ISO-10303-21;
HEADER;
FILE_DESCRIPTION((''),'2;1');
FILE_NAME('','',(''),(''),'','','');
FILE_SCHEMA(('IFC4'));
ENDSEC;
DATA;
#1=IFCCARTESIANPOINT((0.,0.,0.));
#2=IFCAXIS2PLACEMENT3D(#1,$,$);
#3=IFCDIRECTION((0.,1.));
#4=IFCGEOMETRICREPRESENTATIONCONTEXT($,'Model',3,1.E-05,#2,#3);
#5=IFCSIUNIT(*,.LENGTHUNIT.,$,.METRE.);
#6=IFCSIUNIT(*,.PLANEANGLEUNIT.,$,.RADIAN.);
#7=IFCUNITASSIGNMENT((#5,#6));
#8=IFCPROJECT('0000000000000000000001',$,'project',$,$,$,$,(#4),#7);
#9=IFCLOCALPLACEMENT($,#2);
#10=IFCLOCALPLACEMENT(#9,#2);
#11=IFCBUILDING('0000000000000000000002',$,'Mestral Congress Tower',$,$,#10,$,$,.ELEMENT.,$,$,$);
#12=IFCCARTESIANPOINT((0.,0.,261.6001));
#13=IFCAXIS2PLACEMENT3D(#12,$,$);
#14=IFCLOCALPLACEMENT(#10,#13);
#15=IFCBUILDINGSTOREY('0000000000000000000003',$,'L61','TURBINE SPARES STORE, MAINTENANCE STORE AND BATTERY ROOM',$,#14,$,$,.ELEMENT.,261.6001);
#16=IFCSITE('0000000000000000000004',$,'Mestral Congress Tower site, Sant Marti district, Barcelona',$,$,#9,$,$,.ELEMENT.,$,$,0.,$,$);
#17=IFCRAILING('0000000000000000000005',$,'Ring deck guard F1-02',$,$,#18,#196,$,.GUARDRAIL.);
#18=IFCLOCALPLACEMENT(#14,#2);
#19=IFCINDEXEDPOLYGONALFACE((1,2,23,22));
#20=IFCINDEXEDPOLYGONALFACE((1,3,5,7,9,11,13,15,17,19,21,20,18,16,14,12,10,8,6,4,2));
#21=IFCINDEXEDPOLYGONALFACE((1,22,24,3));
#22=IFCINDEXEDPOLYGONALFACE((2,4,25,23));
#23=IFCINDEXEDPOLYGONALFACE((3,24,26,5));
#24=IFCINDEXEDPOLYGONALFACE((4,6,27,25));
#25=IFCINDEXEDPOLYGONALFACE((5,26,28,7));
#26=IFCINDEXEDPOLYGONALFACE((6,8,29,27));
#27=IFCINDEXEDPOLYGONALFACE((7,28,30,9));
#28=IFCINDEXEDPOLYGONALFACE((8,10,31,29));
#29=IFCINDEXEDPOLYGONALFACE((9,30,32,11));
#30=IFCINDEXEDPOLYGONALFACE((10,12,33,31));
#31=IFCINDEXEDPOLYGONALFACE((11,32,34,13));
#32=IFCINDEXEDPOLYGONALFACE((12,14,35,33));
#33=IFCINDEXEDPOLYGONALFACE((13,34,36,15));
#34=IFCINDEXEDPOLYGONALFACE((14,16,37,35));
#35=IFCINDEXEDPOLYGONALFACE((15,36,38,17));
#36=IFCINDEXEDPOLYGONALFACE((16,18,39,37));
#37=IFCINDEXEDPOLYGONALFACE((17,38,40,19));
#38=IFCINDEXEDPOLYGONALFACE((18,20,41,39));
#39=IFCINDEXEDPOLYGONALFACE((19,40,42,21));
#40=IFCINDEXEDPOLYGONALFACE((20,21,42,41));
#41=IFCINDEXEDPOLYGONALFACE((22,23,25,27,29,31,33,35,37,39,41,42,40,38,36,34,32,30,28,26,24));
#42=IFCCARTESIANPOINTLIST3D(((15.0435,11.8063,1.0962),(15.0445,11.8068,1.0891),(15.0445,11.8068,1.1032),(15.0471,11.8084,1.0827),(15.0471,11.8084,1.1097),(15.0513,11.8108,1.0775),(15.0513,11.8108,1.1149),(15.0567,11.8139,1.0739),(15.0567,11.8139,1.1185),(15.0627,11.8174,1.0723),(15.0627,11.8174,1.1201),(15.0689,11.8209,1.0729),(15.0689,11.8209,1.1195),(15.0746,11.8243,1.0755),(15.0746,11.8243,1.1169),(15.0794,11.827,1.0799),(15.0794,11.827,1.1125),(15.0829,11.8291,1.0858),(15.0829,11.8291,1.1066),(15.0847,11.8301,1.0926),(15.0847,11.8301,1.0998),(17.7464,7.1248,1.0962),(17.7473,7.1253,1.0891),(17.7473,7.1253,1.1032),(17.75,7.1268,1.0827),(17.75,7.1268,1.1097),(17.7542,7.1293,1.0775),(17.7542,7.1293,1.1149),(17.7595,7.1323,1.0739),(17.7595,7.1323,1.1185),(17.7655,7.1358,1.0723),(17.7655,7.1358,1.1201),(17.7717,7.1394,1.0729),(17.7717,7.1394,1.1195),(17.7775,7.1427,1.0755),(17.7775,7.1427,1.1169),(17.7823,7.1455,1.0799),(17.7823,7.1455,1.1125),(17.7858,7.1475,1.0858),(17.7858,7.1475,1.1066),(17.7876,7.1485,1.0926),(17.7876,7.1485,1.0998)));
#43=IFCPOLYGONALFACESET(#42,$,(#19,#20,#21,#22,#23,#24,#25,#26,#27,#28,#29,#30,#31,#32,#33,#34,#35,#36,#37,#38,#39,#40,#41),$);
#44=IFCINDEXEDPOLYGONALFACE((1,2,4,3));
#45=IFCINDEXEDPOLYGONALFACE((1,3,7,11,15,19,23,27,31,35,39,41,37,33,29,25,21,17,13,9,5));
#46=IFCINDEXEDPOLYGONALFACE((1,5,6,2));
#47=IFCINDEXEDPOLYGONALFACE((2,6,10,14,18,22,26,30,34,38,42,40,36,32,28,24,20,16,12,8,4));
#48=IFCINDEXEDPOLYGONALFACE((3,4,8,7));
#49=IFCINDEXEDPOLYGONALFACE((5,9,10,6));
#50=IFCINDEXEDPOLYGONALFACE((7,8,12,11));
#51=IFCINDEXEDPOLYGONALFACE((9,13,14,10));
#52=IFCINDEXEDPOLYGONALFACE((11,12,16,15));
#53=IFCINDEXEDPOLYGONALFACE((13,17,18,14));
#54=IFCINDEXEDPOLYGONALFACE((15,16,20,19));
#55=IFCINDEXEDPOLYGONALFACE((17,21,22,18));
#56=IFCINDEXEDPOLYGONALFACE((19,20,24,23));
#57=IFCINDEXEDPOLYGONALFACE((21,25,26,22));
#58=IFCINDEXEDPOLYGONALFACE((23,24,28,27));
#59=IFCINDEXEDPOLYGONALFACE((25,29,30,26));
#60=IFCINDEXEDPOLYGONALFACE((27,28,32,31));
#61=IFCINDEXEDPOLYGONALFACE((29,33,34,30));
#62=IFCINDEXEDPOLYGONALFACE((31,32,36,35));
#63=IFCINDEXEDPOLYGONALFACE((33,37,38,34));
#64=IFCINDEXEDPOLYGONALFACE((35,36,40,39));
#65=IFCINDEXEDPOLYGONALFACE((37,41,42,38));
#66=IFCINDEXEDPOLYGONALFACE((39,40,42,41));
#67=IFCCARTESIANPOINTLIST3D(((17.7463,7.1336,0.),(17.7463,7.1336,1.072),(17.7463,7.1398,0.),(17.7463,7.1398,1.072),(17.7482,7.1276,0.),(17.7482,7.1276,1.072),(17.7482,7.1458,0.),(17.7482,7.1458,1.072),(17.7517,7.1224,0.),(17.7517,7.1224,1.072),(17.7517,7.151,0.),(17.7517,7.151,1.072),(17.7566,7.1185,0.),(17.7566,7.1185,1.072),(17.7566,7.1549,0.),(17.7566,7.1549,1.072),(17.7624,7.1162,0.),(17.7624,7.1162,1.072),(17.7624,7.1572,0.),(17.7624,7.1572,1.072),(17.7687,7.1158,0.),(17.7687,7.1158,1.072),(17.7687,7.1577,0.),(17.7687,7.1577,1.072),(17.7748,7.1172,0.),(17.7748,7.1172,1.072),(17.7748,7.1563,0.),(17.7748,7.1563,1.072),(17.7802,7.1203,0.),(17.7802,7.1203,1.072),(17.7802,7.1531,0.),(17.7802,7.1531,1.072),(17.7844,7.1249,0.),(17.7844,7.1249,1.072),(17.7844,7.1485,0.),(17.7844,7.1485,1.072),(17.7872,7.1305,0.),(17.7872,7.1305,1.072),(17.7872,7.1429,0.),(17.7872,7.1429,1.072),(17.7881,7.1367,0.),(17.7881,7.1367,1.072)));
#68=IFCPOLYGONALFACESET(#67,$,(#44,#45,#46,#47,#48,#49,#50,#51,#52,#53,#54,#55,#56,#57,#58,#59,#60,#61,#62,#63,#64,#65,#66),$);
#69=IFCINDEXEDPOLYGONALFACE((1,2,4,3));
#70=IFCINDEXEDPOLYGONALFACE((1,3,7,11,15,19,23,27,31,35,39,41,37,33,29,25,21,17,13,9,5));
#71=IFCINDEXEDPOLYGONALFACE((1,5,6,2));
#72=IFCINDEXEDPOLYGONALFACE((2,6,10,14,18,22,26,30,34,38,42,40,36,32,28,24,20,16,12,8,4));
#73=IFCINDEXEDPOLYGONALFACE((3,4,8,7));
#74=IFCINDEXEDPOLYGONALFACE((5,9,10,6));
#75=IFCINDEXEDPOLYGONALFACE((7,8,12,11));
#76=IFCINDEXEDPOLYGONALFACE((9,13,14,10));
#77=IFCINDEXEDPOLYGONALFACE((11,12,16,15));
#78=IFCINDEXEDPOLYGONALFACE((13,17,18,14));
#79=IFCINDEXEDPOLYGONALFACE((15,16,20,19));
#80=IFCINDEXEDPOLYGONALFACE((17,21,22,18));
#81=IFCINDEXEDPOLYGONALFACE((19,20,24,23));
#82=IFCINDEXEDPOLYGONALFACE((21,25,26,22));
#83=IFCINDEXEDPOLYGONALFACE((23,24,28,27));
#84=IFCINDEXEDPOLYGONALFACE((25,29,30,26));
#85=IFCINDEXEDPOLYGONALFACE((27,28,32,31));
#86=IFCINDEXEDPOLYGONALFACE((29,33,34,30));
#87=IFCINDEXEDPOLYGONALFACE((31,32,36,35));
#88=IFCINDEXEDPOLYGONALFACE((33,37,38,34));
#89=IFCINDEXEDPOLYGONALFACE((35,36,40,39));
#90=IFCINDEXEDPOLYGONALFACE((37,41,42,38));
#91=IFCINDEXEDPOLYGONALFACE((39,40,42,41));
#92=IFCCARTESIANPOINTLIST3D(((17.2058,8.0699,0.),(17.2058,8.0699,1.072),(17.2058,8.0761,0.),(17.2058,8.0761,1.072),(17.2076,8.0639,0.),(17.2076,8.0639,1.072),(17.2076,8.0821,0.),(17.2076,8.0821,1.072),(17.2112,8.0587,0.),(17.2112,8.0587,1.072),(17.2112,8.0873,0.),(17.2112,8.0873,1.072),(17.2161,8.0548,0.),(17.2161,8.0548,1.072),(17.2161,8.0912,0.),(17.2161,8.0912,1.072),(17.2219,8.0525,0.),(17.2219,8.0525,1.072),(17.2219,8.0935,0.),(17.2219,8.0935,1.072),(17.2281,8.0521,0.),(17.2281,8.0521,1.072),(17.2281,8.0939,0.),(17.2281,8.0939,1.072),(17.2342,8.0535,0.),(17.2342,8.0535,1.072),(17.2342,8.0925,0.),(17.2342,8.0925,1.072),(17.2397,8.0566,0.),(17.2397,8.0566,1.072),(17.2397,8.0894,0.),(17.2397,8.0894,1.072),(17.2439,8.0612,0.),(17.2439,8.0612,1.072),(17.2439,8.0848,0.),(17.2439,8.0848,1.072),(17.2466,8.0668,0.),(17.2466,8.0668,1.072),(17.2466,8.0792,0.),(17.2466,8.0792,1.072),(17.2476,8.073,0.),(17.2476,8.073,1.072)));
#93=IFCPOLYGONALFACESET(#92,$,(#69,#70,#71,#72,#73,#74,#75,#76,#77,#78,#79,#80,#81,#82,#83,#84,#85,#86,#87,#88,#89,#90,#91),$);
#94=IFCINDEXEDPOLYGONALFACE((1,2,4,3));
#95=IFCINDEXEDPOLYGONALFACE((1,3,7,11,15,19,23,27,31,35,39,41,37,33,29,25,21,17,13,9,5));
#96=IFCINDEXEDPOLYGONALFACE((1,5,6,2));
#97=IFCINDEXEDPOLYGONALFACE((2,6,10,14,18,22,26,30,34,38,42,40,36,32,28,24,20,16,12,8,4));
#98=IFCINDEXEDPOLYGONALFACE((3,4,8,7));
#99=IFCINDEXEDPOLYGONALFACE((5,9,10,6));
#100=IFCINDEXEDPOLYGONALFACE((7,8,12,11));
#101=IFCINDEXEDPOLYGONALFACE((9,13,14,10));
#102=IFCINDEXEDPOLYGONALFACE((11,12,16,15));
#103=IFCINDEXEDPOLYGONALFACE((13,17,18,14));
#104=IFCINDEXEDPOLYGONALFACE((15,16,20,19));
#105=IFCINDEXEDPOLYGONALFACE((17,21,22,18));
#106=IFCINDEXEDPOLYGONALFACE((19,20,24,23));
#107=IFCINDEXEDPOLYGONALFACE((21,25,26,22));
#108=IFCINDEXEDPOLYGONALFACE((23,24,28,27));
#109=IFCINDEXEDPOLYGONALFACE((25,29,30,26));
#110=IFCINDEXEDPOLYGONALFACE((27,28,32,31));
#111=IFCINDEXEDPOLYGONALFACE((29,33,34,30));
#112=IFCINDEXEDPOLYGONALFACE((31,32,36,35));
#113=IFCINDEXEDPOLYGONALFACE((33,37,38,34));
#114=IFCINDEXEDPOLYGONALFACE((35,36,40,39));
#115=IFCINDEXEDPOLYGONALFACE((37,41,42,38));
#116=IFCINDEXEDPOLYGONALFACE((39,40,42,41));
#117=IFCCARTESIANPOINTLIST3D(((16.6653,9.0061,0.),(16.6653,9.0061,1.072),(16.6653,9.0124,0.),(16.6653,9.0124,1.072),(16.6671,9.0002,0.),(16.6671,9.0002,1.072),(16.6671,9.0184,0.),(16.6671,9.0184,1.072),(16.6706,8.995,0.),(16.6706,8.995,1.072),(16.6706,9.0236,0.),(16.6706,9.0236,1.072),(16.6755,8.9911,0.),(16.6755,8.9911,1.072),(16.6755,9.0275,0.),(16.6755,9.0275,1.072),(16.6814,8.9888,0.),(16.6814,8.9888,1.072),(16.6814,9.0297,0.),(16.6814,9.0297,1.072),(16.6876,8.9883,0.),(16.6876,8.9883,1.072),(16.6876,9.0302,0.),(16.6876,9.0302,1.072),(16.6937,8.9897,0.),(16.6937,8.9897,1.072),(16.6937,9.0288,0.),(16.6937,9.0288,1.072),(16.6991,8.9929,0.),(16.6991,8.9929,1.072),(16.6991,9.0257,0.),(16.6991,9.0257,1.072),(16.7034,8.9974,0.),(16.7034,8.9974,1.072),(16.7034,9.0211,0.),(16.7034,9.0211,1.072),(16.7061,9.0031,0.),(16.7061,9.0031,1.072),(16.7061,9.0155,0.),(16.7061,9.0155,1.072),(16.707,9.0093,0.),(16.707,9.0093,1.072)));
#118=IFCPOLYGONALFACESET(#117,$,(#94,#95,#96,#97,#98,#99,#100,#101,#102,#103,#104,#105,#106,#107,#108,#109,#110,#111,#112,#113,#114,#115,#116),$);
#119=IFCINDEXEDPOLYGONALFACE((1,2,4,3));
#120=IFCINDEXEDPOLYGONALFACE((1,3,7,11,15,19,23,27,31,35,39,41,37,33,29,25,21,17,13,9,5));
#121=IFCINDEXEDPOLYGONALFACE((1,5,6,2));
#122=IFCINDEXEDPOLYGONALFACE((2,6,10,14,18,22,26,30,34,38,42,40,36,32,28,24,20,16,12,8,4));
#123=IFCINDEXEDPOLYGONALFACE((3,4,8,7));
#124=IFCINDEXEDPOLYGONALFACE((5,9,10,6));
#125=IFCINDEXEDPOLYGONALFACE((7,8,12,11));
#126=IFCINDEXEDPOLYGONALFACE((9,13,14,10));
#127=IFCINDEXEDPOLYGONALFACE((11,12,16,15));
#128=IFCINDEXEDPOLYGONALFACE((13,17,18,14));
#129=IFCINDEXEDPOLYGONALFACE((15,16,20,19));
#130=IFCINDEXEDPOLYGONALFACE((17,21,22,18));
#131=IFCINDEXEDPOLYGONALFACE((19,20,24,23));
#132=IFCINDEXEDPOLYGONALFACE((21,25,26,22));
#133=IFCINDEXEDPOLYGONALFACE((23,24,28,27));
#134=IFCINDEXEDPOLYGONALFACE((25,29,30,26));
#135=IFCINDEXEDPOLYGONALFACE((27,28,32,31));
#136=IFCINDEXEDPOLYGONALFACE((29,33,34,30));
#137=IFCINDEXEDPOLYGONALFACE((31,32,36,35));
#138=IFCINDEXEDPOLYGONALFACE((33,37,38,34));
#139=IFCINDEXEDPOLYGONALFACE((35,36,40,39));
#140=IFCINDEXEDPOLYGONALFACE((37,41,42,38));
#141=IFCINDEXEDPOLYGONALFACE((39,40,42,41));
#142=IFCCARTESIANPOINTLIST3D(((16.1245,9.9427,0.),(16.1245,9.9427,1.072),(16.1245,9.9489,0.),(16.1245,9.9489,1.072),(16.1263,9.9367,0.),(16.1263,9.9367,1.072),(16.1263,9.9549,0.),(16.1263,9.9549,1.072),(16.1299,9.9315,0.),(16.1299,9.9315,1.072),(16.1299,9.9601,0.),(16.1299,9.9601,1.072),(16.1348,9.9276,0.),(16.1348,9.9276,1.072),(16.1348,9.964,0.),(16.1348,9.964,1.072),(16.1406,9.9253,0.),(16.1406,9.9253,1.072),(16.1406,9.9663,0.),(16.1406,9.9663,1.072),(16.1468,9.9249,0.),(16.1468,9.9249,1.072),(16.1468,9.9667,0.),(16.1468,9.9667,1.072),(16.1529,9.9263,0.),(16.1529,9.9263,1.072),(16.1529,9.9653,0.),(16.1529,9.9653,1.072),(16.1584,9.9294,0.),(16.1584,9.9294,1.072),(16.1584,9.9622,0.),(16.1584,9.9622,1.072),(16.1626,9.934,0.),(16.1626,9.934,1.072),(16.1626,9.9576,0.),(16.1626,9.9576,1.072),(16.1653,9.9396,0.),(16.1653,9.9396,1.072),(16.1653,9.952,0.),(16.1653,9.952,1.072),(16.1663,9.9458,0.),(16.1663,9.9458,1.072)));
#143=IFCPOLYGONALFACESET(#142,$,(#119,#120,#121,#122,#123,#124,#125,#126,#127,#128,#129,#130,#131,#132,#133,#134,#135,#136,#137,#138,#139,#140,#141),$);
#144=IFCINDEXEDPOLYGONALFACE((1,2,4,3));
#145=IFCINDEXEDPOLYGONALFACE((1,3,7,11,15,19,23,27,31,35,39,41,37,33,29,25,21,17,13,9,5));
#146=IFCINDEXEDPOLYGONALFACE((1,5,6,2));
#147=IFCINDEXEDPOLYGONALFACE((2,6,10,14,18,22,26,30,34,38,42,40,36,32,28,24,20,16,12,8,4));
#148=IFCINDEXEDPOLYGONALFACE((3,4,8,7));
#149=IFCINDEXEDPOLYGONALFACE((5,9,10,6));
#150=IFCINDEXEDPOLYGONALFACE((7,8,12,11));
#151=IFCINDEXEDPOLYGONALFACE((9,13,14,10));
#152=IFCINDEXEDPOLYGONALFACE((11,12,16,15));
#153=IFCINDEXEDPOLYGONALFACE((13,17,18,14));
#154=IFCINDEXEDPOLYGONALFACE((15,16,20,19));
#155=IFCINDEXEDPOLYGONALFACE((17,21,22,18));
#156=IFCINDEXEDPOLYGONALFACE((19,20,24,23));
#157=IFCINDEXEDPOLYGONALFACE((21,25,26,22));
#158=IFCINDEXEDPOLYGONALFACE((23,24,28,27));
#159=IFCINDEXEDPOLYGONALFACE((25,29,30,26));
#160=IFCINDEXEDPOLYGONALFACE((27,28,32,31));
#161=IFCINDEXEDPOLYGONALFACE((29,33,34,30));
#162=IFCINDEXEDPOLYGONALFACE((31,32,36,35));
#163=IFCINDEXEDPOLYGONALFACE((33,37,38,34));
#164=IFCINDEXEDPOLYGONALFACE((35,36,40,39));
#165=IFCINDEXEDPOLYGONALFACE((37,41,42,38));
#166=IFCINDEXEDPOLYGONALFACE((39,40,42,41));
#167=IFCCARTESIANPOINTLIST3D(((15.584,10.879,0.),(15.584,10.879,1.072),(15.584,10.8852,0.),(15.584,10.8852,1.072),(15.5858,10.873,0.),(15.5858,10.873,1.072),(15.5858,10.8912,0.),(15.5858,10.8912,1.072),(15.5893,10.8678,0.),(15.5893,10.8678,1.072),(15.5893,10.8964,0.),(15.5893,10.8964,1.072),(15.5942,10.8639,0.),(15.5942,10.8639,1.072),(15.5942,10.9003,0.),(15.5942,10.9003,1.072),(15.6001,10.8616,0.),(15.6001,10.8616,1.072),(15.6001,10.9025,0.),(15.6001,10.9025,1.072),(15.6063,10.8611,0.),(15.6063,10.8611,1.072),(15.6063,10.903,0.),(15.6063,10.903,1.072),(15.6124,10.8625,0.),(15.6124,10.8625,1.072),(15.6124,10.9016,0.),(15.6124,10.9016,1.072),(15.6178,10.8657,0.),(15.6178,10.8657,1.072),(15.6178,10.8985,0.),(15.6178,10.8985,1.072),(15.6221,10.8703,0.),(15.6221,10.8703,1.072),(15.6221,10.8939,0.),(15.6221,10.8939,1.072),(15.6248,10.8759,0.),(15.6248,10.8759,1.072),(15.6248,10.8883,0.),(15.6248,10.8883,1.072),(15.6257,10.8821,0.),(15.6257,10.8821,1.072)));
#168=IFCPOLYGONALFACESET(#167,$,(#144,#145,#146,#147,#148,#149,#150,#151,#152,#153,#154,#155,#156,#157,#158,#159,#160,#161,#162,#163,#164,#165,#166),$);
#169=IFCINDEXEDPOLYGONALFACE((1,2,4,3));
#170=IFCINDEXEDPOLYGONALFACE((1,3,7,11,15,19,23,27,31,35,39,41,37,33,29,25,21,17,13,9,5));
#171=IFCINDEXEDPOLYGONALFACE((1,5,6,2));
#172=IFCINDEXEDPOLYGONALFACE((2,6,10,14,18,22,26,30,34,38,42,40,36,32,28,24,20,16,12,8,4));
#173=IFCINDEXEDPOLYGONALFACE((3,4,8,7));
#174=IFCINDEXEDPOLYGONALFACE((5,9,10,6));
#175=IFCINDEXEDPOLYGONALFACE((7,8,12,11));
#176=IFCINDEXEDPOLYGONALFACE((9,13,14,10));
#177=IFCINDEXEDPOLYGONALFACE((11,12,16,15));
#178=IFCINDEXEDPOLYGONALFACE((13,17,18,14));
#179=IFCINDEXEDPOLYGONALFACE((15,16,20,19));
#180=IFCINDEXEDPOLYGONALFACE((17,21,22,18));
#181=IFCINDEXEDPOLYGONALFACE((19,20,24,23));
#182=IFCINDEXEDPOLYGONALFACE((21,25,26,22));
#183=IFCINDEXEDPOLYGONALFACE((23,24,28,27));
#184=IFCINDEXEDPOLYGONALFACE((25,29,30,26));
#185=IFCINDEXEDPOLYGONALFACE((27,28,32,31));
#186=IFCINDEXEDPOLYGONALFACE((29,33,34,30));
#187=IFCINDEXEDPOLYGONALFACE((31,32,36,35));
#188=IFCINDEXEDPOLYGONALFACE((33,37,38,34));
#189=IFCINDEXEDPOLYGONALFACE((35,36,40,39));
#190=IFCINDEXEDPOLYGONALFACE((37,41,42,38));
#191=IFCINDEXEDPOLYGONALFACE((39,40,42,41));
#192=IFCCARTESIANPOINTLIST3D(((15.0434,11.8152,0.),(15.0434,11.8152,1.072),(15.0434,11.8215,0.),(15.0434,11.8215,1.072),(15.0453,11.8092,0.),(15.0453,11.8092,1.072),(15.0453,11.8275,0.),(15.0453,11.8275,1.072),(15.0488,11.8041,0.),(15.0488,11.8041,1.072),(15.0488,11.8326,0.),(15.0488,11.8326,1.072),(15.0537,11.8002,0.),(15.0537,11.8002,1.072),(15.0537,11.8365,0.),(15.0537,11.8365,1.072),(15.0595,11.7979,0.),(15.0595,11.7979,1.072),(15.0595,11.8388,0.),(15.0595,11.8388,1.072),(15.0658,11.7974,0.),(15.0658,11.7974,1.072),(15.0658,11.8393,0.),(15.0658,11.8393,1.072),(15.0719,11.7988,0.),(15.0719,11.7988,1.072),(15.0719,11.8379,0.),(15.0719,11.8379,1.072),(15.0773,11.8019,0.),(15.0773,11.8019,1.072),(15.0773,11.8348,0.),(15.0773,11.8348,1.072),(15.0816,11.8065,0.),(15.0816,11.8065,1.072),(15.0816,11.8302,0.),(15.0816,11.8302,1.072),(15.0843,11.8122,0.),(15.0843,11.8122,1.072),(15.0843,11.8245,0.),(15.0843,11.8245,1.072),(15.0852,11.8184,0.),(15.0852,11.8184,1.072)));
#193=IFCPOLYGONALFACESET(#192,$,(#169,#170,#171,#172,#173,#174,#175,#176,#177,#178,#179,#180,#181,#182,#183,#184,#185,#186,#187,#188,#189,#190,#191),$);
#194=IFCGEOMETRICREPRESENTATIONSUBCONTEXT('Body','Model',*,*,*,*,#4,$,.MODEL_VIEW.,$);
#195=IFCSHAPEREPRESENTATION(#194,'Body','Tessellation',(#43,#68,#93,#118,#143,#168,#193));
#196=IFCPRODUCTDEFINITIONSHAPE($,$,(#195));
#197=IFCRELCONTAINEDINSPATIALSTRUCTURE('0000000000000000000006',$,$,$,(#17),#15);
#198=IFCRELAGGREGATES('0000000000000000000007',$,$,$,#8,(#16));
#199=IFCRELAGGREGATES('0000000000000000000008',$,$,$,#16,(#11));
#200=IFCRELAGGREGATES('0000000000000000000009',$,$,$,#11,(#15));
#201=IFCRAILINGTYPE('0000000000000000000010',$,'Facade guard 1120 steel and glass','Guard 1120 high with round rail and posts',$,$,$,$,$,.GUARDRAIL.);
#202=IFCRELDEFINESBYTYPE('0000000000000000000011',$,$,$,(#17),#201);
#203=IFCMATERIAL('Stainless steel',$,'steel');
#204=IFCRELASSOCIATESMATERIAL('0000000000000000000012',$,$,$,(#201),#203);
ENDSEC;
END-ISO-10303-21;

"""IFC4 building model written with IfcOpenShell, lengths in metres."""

from ifc_helpers import new_model, si_unit, direction, frame, origin, origin_2d, place, context, subcontext, project, spatial, circle, extrude, material, type_object, element, save


model = new_model("IFC4")

# Units and contexts
model_context = context("Model", 3, precision=1e-05, world=origin(), true_north=direction((0.0, 1.0)))
body_context = subcontext(model_context, "Body", "Model", "MODEL_VIEW")
ifc_project = project(units=[si_unit("LENGTHUNIT", "METRE"), si_unit("PLANEANGLEUNIT", "RADIAN")], contexts=[model_context])

# Site, building, storey
site_placement = place(None, origin())
site = spatial("IfcSite", under=ifc_project, at=site_placement, Name="Mestral Congress Tower site, Sant Marti district, Barcelona", CompositionType="ELEMENT", RefElevation=0.0)
building_placement = place(site_placement, origin())
building = spatial("IfcBuilding", under=site, at=building_placement, Name="Mestral Congress Tower", CompositionType="ELEMENT")
storey_placement = place(building_placement, frame((0.0, 0.0, 261.6001)))
storey = spatial("IfcBuildingStorey", under=building, at=storey_placement, Name="L61", Description="TURBINE SPARES STORE, MAINTENANCE STORE AND BATTERY ROOM", CompositionType="ELEMENT", Elevation=261.6001)

# Railing
ifc_material_1 = material(Name="Stainless steel", Category="steel")
railing_type = type_object("IfcRailingType", Name="Facade guard 1120 steel and glass", Description="Guard 1120 high with round rail and posts", PredefinedType="GUARDRAIL", material=ifc_material_1)
railing_1_placement = place(storey_placement, frame((17.7671, 7.1367, 0.0)))
element("IfcRailing", 1, at=railing_1_placement, inside=storey, type_object=railing_type, Name="Ring deck guard F1-02", PredefinedType="GUARDRAIL", context=body_context, shape_type="SweptSolid", body=[
    extrude(circle(Radius=0.0239, at=origin_2d()), frame((0.0, 0.0, 1.0962), z_axis=(-0.499991, 0.866031, 0.0), x_axis=(-0.866031, -0.499991, 0.0)), (0.0, 0.0, 1.0), 5.4058),
    extrude(circle(Radius=0.021, at=origin_2d()), origin(), (0.0, 0.0, 1.0), 1.072),
    extrude(circle(Radius=0.021, at=origin_2d()), frame((-0.5405, 0.9363, 0.0)), (0.0, 0.0, 1.0), 1.072),
    extrude(circle(Radius=0.021, at=origin_2d()), frame((-1.0811, 1.8726, 0.0)), (0.0, 0.0, 1.0), 1.072),
    extrude(circle(Radius=0.021, at=origin_2d()), frame((-1.6218, 2.8091, 0.0)), (0.0, 0.0, 1.0), 1.072),
    extrude(circle(Radius=0.021, at=origin_2d()), frame((-2.1624, 3.7454, 0.0)), (0.0, 0.0, 1.0), 1.072),
    extrude(circle(Radius=0.021, at=origin_2d()), frame((-2.7029, 4.6816, 0.0)), (0.0, 0.0, 1.0), 1.072),
])

save(model, "model.ifc")
